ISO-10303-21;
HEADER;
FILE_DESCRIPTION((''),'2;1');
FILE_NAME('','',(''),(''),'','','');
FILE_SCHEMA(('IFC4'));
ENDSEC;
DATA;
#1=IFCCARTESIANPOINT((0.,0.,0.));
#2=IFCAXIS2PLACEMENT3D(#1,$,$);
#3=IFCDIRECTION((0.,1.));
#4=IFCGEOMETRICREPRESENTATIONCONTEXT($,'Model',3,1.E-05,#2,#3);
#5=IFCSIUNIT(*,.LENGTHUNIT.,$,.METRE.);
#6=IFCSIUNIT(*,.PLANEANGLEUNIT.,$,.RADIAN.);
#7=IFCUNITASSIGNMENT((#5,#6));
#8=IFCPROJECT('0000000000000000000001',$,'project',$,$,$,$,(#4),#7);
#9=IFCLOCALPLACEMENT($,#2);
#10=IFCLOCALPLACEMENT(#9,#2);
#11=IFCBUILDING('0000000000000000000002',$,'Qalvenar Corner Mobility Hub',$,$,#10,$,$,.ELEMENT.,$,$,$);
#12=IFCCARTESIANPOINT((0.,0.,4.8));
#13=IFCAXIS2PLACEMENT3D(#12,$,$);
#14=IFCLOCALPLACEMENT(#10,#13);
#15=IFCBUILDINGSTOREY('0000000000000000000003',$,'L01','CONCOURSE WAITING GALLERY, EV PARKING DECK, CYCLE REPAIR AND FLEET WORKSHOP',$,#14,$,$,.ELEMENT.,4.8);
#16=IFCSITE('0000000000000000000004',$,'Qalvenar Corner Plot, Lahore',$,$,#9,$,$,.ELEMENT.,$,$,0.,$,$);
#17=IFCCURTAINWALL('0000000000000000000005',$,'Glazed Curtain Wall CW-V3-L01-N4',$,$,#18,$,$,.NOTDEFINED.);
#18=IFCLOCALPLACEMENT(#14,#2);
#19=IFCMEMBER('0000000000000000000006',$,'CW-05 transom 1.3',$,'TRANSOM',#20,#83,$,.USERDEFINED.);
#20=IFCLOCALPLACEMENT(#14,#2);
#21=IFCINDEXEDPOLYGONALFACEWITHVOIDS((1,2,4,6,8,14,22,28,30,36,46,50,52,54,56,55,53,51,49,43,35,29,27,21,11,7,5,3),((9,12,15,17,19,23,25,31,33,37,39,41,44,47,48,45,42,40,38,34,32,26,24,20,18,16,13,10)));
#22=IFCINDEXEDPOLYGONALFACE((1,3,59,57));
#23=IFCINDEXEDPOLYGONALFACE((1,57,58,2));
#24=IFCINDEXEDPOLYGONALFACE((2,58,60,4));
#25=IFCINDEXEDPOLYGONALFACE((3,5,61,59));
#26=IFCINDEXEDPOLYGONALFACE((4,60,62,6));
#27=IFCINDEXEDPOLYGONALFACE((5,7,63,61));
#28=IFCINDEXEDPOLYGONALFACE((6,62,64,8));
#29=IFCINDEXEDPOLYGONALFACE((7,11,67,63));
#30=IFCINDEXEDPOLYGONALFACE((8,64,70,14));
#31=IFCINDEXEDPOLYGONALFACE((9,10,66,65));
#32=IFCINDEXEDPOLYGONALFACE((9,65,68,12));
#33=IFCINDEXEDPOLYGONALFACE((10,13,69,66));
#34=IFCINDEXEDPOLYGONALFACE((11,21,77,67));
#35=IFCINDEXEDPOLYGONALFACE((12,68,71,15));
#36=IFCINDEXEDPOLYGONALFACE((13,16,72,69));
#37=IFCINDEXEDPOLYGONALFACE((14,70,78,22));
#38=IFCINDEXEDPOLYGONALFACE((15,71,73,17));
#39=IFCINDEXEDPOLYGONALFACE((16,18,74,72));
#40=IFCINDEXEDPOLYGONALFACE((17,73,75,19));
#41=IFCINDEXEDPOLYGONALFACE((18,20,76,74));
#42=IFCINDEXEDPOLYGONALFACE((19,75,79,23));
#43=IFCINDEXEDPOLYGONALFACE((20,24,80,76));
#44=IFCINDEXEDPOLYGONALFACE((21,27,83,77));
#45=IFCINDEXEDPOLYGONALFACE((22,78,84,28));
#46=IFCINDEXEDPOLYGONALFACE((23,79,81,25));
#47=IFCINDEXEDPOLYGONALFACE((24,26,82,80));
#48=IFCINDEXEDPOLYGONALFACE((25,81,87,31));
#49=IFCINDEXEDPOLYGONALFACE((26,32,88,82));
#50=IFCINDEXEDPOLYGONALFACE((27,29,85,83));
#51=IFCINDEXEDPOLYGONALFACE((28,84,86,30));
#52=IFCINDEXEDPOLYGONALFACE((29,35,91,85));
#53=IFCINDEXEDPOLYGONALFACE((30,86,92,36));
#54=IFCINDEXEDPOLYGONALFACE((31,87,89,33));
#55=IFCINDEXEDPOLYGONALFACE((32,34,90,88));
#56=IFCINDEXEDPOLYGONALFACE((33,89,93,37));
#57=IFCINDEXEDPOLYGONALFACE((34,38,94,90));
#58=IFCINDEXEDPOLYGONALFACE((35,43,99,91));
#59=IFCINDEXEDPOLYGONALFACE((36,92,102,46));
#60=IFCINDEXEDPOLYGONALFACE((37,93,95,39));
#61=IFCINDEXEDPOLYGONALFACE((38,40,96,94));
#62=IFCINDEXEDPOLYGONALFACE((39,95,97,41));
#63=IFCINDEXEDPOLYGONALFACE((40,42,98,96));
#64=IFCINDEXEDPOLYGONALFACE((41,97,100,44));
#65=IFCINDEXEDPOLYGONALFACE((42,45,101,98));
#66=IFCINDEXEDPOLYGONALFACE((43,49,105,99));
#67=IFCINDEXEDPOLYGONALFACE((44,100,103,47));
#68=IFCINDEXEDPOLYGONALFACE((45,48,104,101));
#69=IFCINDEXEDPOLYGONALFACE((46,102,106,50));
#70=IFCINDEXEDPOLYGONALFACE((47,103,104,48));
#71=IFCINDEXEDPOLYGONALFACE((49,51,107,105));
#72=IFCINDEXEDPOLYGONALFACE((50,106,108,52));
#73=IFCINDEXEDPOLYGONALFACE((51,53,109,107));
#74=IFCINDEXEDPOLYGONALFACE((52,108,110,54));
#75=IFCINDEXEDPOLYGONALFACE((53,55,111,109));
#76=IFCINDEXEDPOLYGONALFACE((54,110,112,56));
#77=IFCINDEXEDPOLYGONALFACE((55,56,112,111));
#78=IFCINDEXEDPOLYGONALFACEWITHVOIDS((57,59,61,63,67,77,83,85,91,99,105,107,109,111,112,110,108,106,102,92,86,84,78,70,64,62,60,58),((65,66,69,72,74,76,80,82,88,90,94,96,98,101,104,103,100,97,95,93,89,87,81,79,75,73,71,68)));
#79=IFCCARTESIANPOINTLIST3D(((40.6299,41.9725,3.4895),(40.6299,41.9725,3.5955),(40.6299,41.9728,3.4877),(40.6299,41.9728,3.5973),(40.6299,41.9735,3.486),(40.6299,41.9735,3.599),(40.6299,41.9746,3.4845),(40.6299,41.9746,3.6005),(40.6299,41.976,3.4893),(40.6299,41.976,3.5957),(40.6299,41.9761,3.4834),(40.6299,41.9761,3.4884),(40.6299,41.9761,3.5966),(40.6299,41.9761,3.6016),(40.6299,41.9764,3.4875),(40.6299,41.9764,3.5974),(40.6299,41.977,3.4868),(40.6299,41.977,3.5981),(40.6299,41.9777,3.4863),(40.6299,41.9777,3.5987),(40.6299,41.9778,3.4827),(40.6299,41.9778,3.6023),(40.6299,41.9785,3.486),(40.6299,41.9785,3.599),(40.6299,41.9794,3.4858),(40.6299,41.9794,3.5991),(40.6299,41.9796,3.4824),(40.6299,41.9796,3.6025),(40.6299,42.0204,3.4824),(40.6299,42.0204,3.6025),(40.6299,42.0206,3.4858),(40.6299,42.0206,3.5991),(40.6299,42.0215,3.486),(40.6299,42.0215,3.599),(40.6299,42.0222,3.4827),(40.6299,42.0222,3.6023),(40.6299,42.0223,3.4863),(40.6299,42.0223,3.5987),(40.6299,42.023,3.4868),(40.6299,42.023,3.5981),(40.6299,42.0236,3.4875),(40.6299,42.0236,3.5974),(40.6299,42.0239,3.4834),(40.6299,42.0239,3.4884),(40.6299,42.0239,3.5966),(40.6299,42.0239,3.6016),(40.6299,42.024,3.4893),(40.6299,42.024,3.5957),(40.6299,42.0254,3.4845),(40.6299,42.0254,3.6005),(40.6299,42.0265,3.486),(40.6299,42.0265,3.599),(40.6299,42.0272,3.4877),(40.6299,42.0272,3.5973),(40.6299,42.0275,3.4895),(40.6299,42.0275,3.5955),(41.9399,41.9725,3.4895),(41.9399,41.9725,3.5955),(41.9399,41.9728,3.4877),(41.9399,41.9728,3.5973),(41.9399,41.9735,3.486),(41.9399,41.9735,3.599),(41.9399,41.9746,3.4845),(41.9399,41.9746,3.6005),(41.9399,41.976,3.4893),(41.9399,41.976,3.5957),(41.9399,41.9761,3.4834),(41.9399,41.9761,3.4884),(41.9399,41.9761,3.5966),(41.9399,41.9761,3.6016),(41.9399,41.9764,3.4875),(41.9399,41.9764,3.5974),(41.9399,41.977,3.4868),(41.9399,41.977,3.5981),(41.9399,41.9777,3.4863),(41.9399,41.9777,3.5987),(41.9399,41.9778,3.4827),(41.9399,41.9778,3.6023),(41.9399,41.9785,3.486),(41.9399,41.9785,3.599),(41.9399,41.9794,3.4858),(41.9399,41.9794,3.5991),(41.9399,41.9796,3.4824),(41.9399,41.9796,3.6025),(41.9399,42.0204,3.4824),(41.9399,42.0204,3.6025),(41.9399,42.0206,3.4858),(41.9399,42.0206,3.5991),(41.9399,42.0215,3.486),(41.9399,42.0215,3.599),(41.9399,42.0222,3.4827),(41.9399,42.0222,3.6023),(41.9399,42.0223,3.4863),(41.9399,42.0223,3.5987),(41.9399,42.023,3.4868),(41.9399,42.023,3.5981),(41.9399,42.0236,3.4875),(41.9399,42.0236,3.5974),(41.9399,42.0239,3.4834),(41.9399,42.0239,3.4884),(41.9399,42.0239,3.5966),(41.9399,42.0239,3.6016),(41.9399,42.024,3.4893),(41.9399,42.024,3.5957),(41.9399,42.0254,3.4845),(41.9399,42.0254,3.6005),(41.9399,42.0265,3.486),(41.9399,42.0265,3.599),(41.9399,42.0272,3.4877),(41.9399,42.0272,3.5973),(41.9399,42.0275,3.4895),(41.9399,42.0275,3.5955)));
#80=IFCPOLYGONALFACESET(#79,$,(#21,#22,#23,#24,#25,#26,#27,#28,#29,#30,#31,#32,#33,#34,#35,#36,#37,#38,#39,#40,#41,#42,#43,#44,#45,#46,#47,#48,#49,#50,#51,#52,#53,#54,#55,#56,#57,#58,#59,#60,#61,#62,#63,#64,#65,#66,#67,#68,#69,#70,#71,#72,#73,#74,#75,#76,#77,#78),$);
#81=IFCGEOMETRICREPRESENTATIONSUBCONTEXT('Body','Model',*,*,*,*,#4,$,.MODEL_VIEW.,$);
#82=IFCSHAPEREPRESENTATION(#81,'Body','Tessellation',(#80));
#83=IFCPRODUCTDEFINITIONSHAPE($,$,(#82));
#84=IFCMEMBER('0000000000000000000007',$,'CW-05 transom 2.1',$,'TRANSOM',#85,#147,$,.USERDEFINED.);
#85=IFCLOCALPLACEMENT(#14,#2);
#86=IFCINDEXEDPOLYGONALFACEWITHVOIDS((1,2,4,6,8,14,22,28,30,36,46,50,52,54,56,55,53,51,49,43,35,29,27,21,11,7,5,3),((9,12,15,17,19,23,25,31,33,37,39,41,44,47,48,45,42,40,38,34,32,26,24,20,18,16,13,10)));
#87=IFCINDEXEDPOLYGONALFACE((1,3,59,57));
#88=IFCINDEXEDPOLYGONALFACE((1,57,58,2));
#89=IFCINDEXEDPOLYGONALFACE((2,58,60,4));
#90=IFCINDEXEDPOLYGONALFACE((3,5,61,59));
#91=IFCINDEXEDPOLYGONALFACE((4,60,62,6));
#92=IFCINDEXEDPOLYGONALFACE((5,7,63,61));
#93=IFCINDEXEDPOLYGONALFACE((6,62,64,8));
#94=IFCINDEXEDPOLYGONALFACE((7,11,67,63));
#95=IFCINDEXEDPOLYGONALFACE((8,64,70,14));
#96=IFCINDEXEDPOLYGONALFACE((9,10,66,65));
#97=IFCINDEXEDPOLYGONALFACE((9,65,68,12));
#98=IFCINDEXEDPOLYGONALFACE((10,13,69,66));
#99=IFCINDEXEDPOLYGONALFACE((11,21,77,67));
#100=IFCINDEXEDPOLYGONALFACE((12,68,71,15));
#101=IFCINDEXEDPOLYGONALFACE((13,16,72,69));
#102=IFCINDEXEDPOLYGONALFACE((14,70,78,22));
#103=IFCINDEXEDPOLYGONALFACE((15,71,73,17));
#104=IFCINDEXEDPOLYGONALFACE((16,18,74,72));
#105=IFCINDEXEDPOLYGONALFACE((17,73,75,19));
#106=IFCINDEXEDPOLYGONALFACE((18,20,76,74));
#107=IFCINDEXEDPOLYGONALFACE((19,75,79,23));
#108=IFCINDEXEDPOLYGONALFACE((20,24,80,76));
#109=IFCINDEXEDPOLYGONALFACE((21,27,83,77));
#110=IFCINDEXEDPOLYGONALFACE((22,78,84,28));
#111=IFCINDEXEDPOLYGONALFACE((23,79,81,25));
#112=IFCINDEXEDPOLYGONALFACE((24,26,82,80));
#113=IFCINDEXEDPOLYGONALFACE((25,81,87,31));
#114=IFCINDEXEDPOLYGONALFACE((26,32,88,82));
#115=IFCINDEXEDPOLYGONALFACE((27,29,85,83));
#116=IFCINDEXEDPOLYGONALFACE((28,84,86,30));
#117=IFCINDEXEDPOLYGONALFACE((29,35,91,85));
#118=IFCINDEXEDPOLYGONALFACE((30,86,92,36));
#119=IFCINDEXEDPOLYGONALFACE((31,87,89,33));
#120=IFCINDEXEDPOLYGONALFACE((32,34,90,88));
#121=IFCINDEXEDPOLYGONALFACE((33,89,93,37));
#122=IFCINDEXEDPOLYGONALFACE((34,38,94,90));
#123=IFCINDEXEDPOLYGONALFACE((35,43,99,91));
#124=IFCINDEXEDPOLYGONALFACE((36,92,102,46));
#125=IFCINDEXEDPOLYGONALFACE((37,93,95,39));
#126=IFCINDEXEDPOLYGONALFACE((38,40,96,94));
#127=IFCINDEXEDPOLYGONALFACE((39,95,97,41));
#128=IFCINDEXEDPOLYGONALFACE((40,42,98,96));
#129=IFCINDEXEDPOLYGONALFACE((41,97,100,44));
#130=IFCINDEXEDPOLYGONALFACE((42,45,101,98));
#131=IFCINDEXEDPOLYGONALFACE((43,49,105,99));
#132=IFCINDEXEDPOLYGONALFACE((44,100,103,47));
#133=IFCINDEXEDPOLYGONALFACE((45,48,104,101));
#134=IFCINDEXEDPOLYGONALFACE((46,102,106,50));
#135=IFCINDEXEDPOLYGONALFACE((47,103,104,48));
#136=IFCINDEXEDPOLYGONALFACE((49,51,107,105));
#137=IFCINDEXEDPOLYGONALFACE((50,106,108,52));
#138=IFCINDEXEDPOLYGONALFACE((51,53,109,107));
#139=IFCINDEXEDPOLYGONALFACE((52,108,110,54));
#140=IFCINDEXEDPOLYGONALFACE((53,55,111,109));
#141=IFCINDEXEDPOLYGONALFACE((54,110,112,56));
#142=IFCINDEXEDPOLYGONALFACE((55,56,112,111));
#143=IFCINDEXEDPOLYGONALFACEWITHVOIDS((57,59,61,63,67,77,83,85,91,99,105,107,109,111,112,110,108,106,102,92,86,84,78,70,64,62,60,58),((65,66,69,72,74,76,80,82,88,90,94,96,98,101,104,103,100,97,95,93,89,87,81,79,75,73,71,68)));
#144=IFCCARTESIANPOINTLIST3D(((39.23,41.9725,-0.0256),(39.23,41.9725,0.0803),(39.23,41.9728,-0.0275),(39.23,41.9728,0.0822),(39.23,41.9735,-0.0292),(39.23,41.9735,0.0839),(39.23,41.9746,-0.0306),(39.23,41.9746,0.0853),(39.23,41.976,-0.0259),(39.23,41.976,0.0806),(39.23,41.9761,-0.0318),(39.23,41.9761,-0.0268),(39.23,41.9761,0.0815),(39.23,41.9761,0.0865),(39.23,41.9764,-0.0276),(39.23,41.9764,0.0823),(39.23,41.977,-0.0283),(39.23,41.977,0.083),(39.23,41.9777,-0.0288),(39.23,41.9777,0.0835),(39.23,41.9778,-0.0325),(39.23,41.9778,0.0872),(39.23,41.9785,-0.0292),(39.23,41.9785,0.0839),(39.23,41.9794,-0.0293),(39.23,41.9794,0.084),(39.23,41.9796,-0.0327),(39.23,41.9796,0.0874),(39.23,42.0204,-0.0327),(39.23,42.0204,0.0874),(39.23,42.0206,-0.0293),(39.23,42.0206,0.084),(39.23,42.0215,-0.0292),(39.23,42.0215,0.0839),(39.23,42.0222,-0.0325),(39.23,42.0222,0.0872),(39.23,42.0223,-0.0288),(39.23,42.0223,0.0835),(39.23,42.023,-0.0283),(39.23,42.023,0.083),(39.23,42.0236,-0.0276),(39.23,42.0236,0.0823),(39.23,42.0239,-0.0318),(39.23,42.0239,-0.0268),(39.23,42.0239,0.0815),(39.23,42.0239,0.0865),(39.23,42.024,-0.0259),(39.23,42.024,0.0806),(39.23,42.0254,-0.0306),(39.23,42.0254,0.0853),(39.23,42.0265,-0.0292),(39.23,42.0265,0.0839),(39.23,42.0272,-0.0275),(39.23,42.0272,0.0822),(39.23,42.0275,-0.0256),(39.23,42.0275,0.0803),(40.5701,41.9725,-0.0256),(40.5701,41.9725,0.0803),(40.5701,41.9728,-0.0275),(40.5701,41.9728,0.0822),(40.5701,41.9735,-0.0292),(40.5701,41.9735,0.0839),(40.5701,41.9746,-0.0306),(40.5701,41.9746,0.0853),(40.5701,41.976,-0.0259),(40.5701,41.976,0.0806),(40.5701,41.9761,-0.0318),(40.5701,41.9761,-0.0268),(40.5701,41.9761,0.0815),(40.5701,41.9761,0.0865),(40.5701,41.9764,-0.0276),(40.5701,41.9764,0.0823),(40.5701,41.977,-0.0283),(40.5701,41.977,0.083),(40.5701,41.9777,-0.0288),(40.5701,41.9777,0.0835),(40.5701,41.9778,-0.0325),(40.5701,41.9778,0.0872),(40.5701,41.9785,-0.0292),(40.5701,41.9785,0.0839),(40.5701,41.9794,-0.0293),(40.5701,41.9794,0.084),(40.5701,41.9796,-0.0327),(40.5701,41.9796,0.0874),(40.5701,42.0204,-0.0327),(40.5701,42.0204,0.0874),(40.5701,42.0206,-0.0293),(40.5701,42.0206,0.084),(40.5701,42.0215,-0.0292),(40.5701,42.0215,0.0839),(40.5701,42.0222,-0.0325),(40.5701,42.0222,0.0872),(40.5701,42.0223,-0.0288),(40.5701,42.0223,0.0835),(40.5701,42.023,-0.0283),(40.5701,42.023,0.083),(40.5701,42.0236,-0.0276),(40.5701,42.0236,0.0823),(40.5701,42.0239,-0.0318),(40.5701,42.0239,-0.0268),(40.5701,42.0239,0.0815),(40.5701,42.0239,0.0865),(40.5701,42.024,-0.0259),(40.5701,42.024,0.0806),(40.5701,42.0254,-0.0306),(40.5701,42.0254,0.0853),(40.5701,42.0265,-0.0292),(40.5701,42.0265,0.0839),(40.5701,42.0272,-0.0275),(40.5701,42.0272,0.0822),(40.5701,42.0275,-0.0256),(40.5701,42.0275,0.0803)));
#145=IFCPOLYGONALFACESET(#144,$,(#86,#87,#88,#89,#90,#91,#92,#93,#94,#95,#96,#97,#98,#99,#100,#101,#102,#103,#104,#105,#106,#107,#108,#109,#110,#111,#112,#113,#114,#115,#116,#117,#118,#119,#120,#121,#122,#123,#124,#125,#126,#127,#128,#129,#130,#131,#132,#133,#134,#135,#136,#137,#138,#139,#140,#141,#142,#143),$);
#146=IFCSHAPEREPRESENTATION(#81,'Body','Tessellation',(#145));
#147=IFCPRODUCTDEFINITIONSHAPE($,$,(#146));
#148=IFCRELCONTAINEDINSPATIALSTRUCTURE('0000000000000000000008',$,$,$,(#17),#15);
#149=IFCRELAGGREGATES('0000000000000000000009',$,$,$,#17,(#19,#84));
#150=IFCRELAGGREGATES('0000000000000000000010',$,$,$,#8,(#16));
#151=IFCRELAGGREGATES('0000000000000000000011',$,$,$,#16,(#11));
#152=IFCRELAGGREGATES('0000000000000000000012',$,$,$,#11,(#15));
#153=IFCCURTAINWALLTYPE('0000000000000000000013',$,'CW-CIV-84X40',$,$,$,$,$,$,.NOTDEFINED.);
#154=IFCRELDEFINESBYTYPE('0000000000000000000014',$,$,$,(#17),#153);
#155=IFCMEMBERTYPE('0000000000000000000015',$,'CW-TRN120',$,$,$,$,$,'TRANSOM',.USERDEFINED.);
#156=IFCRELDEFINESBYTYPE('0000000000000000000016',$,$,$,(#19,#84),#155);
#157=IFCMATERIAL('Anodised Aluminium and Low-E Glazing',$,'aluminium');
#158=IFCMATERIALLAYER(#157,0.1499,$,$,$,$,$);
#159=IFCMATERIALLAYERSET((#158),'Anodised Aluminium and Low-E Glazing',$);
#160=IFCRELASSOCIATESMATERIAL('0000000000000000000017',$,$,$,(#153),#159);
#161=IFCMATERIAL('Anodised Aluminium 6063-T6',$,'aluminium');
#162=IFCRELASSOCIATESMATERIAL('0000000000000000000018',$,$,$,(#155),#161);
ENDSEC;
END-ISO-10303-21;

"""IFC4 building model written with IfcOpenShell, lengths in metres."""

from ifc_helpers import new_model, si_unit, direction, frame, origin, origin_2d, place, context, subcontext, project, spatial, hollow_rectangle, extrude, material, layer, layer_set, material_profile, profile_set, type_object, element, aggregate, save


model = new_model("IFC4")

# Units and contexts
model_context = context("Model", 3, precision=1e-05, world=origin(), true_north=direction((0.0, 1.0)))
body_context = subcontext(model_context, "Body", "Model", "MODEL_VIEW")
ifc_project = project(units=[si_unit("LENGTHUNIT", "METRE"), si_unit("PLANEANGLEUNIT", "RADIAN")], contexts=[model_context])

# Site, building, storey
site_placement = place(None, origin())
site = spatial("IfcSite", under=ifc_project, at=site_placement, Name="Qalvenar Corner Plot, Lahore", CompositionType="ELEMENT", RefElevation=0.0)
building_placement = place(site_placement, origin())
building = spatial("IfcBuilding", under=site, at=building_placement, Name="Qalvenar Corner Mobility Hub", CompositionType="ELEMENT")
storey_placement = place(building_placement, frame((0.0, 0.0, 4.8)))
storey = spatial("IfcBuildingStorey", under=building, at=storey_placement, Name="L01", Description="CONCOURSE WAITING GALLERY, EV PARKING DECK, CYCLE REPAIR AND FLEET WORKSHOP", CompositionType="ELEMENT", Elevation=4.8)

# Shared definitions
ifc_material_1 = material(Name="Anodised Aluminium and Low-E Glazing", Category="aluminium")
ifc_material_2 = material(Name="Anodised Aluminium 6063-T6", Category="aluminium")

# Curtain wall
ifc_layer_1 = layer(ifc_material_1, 0.1499)
ifc_layer_set_1 = layer_set([ifc_layer_1], Name="Anodised Aluminium and Low-E Glazing")
curtain_wall_type_1 = type_object("IfcCurtainWallType", Name="CW-CIV-84X40", PredefinedType="NOTDEFINED", material=ifc_layer_set_1)
curtain_wall_1_placement = place(storey_placement, origin())
curtain_wall_1 = element("IfcCurtainWall", 1, at=curtain_wall_1_placement, inside=storey, type_object=curtain_wall_type_1, Name="Glazed Curtain Wall CW-V3-L01-N4", PredefinedType="NOTDEFINED")

# Members
ifc_material_profile_1 = material_profile(ifc_material_2, hollow_rectangle(XDim=0.0549, YDim=0.1201, WallThickness=0.0034, InnerFilletRadius=0.0034, OuterFilletRadius=0.0071, at=origin_2d()), Name="RHS120x55x3.5")
ifc_profile_set_1 = profile_set([ifc_material_profile_1], Name="Anodised Aluminium 6063-T6")
member_type_1 = type_object("IfcMemberType", Name="CW-TRN120", ElementType="TRANSOM", PredefinedType="USERDEFINED", material=ifc_profile_set_1)
member_1_placement = place(storey_placement, frame((41.9399, 42.0, 3.5425), z_axis=(-1.0, 0.0, 0.0), x_axis=(0.0, -1.0, 0.0)))
member_1 = element("IfcMember", 2, at=member_1_placement, type_object=member_type_1, Name="CW-05 transom 1.3", ObjectType="TRANSOM", PredefinedType="USERDEFINED", context=body_context, shape_type="SweptSolid", body=[
    extrude(hollow_rectangle(XDim=0.0549, YDim=0.1201, WallThickness=0.0034, InnerFilletRadius=0.0034, OuterFilletRadius=0.0071, at=origin_2d()), origin(), (0.0, 0.0, 1.0), 1.3101),
])
member_2_placement = place(storey_placement, frame((40.5701, 42.0, 0.0273), z_axis=(-1.0, 0.0, 0.0), x_axis=(0.0, -1.0, 0.0)))
member_2 = element("IfcMember", 3, at=member_2_placement, type_object=member_type_1, Name="CW-05 transom 2.1", ObjectType="TRANSOM", PredefinedType="USERDEFINED", context=body_context, shape_type="SweptSolid", body=[
    extrude(hollow_rectangle(XDim=0.0549, YDim=0.1201, WallThickness=0.0034, InnerFilletRadius=0.0034, OuterFilletRadius=0.0071, at=origin_2d()), origin(), (0.0, 0.0, 1.0), 1.3401),
])

aggregate(curtain_wall_1, [member_1, member_2])

save(model, "model.ifc")
